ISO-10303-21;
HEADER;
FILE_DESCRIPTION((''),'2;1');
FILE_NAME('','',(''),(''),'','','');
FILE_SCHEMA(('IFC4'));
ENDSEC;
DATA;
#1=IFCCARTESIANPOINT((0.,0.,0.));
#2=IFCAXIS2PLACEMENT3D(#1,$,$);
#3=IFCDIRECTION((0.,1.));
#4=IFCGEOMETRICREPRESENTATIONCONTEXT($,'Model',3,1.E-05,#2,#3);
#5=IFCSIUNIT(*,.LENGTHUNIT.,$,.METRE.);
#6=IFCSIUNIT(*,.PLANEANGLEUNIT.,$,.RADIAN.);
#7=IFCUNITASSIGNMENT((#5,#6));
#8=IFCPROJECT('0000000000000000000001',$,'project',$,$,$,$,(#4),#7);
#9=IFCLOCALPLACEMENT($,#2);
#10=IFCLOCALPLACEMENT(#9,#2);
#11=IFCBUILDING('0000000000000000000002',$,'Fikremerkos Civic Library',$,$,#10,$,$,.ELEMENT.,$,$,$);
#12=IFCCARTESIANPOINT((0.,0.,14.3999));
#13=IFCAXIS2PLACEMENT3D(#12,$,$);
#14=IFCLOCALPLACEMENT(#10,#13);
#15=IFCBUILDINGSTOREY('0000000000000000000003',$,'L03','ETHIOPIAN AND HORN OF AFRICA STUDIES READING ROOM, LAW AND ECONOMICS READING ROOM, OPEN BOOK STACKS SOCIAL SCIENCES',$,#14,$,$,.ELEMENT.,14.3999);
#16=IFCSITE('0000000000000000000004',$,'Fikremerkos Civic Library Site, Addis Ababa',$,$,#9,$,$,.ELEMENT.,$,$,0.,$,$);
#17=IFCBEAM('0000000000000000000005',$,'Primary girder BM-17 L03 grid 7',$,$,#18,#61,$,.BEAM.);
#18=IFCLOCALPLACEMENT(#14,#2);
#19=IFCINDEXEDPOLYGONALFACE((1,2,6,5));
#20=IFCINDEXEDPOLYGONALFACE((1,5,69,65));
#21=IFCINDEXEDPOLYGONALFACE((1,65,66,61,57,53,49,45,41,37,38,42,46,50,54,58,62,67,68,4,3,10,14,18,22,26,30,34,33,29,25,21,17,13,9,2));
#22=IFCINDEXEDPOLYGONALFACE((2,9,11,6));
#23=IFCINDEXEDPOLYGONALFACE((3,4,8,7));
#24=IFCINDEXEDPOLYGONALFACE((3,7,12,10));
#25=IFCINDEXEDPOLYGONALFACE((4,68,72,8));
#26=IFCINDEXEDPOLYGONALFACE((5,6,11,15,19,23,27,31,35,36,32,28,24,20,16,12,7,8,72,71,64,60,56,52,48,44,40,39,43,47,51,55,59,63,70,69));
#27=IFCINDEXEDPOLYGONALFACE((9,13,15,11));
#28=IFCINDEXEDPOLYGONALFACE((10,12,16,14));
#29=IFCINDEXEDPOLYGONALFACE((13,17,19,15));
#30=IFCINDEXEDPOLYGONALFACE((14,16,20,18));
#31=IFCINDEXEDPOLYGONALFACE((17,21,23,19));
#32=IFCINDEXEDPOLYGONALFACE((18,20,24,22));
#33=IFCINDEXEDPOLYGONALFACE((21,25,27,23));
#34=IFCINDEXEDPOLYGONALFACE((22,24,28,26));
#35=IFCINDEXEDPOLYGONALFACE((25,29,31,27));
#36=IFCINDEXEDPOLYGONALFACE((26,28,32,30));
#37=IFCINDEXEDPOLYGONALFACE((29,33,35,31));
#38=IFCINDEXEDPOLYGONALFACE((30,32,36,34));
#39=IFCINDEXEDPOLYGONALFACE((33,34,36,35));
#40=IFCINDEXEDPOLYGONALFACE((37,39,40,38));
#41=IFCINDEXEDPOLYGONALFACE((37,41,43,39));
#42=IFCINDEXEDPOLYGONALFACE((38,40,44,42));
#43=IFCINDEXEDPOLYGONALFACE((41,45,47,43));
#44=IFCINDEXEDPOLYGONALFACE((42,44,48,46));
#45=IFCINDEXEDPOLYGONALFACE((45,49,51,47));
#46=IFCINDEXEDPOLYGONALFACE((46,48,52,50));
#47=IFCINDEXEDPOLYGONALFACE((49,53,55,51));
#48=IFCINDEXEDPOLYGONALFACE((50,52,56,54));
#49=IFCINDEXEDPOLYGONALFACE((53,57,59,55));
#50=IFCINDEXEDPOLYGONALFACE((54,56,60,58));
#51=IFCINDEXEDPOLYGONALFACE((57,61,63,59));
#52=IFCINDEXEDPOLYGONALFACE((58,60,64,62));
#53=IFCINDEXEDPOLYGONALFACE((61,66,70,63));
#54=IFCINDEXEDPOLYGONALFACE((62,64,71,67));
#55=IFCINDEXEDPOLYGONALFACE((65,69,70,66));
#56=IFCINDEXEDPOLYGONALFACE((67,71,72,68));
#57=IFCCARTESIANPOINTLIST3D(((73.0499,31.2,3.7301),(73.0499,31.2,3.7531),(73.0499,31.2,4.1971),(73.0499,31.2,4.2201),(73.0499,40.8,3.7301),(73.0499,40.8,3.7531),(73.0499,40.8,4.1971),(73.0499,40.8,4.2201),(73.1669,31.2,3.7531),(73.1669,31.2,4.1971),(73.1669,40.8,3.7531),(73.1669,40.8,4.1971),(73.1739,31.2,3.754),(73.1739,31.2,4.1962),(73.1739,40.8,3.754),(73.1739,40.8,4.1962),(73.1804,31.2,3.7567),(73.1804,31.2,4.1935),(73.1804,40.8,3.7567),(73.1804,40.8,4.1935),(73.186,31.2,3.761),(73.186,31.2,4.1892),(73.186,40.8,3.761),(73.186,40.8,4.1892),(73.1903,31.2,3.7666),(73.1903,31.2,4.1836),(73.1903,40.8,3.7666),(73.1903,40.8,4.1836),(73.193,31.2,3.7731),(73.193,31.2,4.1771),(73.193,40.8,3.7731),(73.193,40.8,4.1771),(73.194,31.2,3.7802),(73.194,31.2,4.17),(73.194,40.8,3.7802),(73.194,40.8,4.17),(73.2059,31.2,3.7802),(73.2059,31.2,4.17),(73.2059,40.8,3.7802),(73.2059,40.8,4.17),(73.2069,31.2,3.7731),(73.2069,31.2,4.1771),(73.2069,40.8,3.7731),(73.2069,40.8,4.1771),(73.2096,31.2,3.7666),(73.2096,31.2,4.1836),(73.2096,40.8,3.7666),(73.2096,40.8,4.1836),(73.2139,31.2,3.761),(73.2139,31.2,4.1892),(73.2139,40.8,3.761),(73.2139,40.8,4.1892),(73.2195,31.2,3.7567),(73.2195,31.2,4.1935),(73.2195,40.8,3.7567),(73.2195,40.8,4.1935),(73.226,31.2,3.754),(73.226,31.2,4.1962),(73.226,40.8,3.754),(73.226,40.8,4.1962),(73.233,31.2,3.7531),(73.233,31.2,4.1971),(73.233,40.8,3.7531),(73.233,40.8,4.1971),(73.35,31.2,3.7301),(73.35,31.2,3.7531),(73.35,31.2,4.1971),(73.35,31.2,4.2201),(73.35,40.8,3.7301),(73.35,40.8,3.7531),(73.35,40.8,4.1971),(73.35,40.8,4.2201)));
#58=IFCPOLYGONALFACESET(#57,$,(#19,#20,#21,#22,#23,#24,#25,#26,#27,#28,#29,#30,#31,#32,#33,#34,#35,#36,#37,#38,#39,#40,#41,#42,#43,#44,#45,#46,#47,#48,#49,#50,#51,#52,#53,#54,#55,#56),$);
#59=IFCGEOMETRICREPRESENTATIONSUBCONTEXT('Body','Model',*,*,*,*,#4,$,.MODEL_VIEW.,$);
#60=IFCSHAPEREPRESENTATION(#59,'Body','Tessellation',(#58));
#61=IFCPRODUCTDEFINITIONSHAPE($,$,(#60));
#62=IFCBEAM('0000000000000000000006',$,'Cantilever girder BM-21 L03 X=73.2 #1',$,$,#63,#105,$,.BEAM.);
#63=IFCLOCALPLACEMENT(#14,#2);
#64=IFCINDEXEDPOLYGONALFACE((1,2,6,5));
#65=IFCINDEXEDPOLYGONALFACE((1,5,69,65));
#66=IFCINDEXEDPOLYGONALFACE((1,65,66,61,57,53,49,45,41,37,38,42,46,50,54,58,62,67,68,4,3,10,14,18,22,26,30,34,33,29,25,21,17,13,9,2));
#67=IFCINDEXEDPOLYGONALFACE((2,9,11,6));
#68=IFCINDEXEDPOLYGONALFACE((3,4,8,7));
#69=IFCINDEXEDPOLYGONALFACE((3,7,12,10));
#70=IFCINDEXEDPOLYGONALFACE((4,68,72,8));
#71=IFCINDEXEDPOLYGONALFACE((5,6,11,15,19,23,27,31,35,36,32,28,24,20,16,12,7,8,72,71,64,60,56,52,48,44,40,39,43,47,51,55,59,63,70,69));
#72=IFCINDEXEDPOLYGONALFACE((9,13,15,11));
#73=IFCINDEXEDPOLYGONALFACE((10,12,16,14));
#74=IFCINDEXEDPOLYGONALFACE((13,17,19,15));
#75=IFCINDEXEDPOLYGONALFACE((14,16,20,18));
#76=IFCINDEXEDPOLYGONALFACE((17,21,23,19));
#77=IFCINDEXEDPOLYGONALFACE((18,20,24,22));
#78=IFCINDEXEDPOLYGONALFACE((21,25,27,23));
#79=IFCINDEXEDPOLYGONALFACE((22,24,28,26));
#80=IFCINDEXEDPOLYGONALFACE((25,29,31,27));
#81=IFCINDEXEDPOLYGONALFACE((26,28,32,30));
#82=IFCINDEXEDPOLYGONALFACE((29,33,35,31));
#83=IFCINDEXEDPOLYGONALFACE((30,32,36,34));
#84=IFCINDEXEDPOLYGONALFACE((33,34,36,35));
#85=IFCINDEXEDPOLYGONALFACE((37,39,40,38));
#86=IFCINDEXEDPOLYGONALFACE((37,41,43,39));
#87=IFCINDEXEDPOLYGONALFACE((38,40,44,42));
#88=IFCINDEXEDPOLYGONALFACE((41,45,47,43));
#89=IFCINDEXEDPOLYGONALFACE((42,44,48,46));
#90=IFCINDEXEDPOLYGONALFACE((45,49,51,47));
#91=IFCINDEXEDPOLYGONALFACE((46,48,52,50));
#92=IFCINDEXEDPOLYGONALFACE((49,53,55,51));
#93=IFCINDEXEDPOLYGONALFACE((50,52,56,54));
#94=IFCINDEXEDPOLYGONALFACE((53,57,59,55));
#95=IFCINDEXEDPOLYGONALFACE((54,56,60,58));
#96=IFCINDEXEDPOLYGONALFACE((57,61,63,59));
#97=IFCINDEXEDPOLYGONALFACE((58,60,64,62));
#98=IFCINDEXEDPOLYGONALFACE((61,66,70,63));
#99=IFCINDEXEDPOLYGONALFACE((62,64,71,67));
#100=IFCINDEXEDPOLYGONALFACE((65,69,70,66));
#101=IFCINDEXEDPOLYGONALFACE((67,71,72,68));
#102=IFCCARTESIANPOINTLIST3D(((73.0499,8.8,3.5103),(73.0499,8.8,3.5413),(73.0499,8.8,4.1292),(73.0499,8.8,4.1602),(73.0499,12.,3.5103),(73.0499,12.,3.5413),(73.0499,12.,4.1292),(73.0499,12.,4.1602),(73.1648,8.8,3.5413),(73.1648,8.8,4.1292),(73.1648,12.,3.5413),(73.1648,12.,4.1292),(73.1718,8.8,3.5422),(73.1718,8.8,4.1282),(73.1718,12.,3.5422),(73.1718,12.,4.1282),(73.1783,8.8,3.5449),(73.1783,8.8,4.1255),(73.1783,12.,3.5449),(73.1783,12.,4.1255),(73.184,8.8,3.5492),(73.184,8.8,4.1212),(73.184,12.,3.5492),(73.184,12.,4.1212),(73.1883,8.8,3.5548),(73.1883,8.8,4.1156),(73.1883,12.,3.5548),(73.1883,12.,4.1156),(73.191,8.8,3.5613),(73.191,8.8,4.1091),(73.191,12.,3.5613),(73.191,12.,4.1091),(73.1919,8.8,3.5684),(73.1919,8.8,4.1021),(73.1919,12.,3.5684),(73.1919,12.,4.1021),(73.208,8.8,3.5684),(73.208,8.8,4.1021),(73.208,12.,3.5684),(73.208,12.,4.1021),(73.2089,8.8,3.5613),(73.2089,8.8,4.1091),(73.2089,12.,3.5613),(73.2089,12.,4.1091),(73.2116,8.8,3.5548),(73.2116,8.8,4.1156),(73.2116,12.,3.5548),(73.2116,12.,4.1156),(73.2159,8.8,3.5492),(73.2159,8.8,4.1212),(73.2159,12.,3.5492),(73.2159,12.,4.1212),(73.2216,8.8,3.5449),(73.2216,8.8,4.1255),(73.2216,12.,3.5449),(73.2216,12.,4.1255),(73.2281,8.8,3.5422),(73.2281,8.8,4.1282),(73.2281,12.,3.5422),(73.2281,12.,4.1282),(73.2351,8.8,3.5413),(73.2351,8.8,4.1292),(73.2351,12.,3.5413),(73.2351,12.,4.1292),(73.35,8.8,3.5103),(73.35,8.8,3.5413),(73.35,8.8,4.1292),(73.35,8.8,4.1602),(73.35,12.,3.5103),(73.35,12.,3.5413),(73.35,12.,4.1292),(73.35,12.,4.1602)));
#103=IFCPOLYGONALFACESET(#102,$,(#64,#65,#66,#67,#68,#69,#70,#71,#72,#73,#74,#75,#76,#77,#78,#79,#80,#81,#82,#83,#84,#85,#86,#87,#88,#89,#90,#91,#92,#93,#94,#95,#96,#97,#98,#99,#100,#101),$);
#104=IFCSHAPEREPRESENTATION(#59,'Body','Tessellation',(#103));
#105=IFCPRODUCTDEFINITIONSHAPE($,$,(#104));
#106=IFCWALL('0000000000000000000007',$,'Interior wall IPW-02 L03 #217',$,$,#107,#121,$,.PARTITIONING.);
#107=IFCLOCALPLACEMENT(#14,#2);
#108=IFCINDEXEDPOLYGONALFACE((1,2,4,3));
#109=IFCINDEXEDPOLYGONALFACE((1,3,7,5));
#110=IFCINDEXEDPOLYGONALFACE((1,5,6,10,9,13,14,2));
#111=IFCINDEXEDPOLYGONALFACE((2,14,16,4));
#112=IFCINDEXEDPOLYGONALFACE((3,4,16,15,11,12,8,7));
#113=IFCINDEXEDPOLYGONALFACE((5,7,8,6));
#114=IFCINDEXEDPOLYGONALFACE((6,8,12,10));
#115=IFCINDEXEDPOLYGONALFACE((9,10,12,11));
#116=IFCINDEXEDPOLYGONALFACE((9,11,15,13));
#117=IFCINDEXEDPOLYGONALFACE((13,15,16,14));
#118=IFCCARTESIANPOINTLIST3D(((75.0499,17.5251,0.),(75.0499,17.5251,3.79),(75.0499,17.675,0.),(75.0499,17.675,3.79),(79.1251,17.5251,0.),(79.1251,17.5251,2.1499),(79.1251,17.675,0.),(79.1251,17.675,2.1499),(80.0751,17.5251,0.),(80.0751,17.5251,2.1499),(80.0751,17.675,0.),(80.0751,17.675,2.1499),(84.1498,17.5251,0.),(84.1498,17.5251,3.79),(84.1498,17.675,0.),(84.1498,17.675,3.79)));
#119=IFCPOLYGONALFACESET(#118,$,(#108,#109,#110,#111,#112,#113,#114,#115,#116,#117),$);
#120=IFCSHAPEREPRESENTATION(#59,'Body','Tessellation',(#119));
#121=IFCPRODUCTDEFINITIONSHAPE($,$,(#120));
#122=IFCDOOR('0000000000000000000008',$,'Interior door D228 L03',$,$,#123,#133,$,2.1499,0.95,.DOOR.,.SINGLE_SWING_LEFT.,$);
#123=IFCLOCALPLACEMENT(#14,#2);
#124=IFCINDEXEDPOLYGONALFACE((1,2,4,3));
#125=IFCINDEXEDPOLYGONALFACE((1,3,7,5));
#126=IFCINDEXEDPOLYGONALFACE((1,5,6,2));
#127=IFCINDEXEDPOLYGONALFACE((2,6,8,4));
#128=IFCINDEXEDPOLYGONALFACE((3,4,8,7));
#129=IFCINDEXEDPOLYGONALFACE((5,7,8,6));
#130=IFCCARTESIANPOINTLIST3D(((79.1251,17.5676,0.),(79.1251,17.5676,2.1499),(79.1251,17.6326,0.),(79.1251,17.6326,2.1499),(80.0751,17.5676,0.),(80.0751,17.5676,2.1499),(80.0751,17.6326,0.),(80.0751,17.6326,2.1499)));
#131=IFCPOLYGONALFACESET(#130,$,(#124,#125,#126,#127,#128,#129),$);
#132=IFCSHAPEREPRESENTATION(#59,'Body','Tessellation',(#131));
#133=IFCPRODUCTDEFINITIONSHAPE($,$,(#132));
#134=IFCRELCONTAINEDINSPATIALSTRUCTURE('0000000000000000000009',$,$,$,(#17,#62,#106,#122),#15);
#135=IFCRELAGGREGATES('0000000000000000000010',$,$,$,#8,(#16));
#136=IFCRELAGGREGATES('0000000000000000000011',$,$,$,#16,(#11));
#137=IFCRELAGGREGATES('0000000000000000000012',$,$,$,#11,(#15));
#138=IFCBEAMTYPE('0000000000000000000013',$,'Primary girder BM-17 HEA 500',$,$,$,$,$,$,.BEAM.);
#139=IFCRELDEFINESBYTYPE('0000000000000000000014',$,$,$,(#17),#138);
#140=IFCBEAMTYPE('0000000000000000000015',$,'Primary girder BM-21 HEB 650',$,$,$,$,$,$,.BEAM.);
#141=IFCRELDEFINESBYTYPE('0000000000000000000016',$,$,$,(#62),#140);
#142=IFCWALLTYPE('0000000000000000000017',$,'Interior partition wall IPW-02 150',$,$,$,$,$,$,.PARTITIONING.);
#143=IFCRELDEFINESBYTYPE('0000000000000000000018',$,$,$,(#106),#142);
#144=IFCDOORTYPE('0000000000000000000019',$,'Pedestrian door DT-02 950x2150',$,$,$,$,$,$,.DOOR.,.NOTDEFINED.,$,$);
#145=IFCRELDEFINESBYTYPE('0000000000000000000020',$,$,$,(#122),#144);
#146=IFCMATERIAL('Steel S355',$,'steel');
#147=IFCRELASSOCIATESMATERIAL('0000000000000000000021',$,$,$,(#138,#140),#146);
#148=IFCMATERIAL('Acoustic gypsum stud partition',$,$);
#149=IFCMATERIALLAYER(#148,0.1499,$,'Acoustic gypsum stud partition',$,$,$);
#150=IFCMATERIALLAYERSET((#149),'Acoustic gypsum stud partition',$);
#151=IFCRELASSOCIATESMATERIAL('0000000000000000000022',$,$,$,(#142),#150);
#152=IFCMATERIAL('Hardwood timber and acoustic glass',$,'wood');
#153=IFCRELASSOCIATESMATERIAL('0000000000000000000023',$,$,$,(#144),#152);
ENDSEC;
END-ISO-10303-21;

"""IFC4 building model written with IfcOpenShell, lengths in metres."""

from ifc_helpers import new_model, si_unit, direction, frame, frame_2d, origin, origin_2d, place, context, subcontext, project, spatial, rectangle, i_section, extrude, material, layer, layer_set, material_profile, profile_set, type_object, element, fill, save


model = new_model("IFC4")

# Units and contexts
model_context = context("Model", 3, precision=1e-05, world=origin(), true_north=direction((0.0, 1.0)))
body_context = subcontext(model_context, "Body", "Model", "MODEL_VIEW")
ifc_project = project(units=[si_unit("LENGTHUNIT", "METRE"), si_unit("PLANEANGLEUNIT", "RADIAN")], contexts=[model_context])

# Site, building, storey
site_placement = place(None, origin())
site = spatial("IfcSite", under=ifc_project, at=site_placement, Name="Fikremerkos Civic Library Site, Addis Ababa", CompositionType="ELEMENT", RefElevation=0.0)
building_placement = place(site_placement, origin())
building = spatial("IfcBuilding", under=site, at=building_placement, Name="Fikremerkos Civic Library", CompositionType="ELEMENT")
storey_placement = place(building_placement, frame((0.0, 0.0, 14.3999)))
storey = spatial("IfcBuildingStorey", under=building, at=storey_placement, Name="L03", Description="ETHIOPIAN AND HORN OF AFRICA STUDIES READING ROOM, LAW AND ECONOMICS READING ROOM, OPEN BOOK STACKS SOCIAL SCIENCES", CompositionType="ELEMENT", Elevation=14.3999)

# Shared definitions
ifc_material_1 = material(Name="Steel S355", Category="steel")

# Beams
ifc_material_profile_1 = material_profile(ifc_material_1, i_section(OverallWidth=0.3, OverallDepth=0.49, WebThickness=0.012, FlangeThickness=0.0229, FilletRadius=0.0271, at=origin_2d()), Name="HEA 500")
ifc_profile_set_1 = profile_set([ifc_material_profile_1], Name="Steel S355")
beam_type_1 = type_object("IfcBeamType", Name="Primary girder BM-17 HEA 500", PredefinedType="BEAM", material=ifc_profile_set_1)
beam_1_placement = place(storey_placement, frame((73.2, 31.2, 3.9751), z_axis=(0.0, 1.0, 0.0), x_axis=(-1.0, 0.0, 0.0)))
element("IfcBeam", 1, at=beam_1_placement, inside=storey, type_object=beam_type_1, Name="Primary girder BM-17 L03 grid 7", PredefinedType="BEAM", context=body_context, shape_type="SweptSolid", body=[
    extrude(i_section(OverallWidth=0.3, OverallDepth=0.49, WebThickness=0.012, FlangeThickness=0.0229, FilletRadius=0.0271, at=origin_2d()), origin(), (0.0, 0.0, 1.0), 9.6001),
])
ifc_material_profile_2 = material_profile(ifc_material_1, i_section(OverallWidth=0.3, OverallDepth=0.6499, WebThickness=0.0161, FlangeThickness=0.031, FilletRadius=0.0271, at=origin_2d()), Name="HEB 650")
ifc_profile_set_2 = profile_set([ifc_material_profile_2], Name="Steel S355")
beam_type_2 = type_object("IfcBeamType", Name="Primary girder BM-21 HEB 650", PredefinedType="BEAM", material=ifc_profile_set_2)
beam_2_placement = place(storey_placement, frame((73.2, 12.0, 3.8352), z_axis=(0.0, -1.0, 0.0), x_axis=(1.0, 0.0, 0.0)))
element("IfcBeam", 2, at=beam_2_placement, inside=storey, type_object=beam_type_2, Name="Cantilever girder BM-21 L03 X=73.2 #1", PredefinedType="BEAM", context=body_context, shape_type="SweptSolid", body=[
    extrude(i_section(OverallWidth=0.3, OverallDepth=0.6499, WebThickness=0.0161, FlangeThickness=0.031, FilletRadius=0.0271, at=origin_2d()), origin(), (0.0, 0.0, 1.0), 3.2),
])

# Wall, opening, door
ifc_material_2 = material(Name="Acoustic gypsum stud partition")
ifc_layer_1 = layer(ifc_material_2, 0.1499, Name="Acoustic gypsum stud partition")
ifc_layer_set_1 = layer_set([ifc_layer_1], Name="Acoustic gypsum stud partition")
wall_type_1 = type_object("IfcWallType", Name="Interior partition wall IPW-02 150", PredefinedType="PARTITIONING", material=ifc_layer_set_1)
wall_1_placement = place(storey_placement, frame((75.05, 17.6001, 0.0), z_axis=(0.0, 0.0, 1.0), x_axis=(1.0, 0.0, 0.0)))
wall_1 = element("IfcWall", 3, at=wall_1_placement, inside=storey, type_object=wall_type_1, Name="Interior wall IPW-02 L03 #217", PredefinedType="PARTITIONING", context=body_context, shape_type="SweptSolid", body=[
    extrude(rectangle(XDim=9.0999, YDim=0.1499, at=frame_2d((4.5498, 0.0))), origin(), (0.0, 0.0, 1.0), 3.79),
])
opening_1_placement = place(wall_1_placement, frame((4.075, 0.0, 0.0)))
opening_1 = element("IfcOpeningElement", 4, at=opening_1_placement, cuts=wall_1, PredefinedType="OPENING", context=body_context, shape_type="SweptSolid", body=[
    extrude(rectangle(XDim=0.95, YDim=2.1499, at=frame_2d((0.4751, 1.075))), frame((0.0, 0.085, 0.0), z_axis=(0.0, -1.0, 0.0), x_axis=(1.0, 0.0, 0.0)), (0.0, 0.0, 1.0), 0.1699),
])
ifc_material_3 = material(Name="Hardwood timber and acoustic glass", Category="wood")
door_type_1 = type_object("IfcDoorType", Name="Pedestrian door DT-02 950x2150", OperationType="NOTDEFINED", PredefinedType="DOOR", material=ifc_material_3)
door_1_placement = place(opening_1_placement, origin())
door_1 = element("IfcDoor", 5, at=door_1_placement, inside=storey, type_object=door_type_1, Name="Interior door D228 L03", OperationType="SINGLE_SWING_LEFT", OverallHeight=2.1499, OverallWidth=0.95, PredefinedType="DOOR", context=body_context, shape_type="SweptSolid", body=[
    extrude(rectangle(XDim=0.95, YDim=2.1499, at=frame_2d((0.4751, 1.075))), frame((0.0, 0.0325, 0.0), z_axis=(0.0, -1.0, 0.0), x_axis=(1.0, 0.0, 0.0)), (0.0, 0.0, 1.0), 0.0649),
])
fill(opening_1, door_1)

save(model, "model.ifc")
